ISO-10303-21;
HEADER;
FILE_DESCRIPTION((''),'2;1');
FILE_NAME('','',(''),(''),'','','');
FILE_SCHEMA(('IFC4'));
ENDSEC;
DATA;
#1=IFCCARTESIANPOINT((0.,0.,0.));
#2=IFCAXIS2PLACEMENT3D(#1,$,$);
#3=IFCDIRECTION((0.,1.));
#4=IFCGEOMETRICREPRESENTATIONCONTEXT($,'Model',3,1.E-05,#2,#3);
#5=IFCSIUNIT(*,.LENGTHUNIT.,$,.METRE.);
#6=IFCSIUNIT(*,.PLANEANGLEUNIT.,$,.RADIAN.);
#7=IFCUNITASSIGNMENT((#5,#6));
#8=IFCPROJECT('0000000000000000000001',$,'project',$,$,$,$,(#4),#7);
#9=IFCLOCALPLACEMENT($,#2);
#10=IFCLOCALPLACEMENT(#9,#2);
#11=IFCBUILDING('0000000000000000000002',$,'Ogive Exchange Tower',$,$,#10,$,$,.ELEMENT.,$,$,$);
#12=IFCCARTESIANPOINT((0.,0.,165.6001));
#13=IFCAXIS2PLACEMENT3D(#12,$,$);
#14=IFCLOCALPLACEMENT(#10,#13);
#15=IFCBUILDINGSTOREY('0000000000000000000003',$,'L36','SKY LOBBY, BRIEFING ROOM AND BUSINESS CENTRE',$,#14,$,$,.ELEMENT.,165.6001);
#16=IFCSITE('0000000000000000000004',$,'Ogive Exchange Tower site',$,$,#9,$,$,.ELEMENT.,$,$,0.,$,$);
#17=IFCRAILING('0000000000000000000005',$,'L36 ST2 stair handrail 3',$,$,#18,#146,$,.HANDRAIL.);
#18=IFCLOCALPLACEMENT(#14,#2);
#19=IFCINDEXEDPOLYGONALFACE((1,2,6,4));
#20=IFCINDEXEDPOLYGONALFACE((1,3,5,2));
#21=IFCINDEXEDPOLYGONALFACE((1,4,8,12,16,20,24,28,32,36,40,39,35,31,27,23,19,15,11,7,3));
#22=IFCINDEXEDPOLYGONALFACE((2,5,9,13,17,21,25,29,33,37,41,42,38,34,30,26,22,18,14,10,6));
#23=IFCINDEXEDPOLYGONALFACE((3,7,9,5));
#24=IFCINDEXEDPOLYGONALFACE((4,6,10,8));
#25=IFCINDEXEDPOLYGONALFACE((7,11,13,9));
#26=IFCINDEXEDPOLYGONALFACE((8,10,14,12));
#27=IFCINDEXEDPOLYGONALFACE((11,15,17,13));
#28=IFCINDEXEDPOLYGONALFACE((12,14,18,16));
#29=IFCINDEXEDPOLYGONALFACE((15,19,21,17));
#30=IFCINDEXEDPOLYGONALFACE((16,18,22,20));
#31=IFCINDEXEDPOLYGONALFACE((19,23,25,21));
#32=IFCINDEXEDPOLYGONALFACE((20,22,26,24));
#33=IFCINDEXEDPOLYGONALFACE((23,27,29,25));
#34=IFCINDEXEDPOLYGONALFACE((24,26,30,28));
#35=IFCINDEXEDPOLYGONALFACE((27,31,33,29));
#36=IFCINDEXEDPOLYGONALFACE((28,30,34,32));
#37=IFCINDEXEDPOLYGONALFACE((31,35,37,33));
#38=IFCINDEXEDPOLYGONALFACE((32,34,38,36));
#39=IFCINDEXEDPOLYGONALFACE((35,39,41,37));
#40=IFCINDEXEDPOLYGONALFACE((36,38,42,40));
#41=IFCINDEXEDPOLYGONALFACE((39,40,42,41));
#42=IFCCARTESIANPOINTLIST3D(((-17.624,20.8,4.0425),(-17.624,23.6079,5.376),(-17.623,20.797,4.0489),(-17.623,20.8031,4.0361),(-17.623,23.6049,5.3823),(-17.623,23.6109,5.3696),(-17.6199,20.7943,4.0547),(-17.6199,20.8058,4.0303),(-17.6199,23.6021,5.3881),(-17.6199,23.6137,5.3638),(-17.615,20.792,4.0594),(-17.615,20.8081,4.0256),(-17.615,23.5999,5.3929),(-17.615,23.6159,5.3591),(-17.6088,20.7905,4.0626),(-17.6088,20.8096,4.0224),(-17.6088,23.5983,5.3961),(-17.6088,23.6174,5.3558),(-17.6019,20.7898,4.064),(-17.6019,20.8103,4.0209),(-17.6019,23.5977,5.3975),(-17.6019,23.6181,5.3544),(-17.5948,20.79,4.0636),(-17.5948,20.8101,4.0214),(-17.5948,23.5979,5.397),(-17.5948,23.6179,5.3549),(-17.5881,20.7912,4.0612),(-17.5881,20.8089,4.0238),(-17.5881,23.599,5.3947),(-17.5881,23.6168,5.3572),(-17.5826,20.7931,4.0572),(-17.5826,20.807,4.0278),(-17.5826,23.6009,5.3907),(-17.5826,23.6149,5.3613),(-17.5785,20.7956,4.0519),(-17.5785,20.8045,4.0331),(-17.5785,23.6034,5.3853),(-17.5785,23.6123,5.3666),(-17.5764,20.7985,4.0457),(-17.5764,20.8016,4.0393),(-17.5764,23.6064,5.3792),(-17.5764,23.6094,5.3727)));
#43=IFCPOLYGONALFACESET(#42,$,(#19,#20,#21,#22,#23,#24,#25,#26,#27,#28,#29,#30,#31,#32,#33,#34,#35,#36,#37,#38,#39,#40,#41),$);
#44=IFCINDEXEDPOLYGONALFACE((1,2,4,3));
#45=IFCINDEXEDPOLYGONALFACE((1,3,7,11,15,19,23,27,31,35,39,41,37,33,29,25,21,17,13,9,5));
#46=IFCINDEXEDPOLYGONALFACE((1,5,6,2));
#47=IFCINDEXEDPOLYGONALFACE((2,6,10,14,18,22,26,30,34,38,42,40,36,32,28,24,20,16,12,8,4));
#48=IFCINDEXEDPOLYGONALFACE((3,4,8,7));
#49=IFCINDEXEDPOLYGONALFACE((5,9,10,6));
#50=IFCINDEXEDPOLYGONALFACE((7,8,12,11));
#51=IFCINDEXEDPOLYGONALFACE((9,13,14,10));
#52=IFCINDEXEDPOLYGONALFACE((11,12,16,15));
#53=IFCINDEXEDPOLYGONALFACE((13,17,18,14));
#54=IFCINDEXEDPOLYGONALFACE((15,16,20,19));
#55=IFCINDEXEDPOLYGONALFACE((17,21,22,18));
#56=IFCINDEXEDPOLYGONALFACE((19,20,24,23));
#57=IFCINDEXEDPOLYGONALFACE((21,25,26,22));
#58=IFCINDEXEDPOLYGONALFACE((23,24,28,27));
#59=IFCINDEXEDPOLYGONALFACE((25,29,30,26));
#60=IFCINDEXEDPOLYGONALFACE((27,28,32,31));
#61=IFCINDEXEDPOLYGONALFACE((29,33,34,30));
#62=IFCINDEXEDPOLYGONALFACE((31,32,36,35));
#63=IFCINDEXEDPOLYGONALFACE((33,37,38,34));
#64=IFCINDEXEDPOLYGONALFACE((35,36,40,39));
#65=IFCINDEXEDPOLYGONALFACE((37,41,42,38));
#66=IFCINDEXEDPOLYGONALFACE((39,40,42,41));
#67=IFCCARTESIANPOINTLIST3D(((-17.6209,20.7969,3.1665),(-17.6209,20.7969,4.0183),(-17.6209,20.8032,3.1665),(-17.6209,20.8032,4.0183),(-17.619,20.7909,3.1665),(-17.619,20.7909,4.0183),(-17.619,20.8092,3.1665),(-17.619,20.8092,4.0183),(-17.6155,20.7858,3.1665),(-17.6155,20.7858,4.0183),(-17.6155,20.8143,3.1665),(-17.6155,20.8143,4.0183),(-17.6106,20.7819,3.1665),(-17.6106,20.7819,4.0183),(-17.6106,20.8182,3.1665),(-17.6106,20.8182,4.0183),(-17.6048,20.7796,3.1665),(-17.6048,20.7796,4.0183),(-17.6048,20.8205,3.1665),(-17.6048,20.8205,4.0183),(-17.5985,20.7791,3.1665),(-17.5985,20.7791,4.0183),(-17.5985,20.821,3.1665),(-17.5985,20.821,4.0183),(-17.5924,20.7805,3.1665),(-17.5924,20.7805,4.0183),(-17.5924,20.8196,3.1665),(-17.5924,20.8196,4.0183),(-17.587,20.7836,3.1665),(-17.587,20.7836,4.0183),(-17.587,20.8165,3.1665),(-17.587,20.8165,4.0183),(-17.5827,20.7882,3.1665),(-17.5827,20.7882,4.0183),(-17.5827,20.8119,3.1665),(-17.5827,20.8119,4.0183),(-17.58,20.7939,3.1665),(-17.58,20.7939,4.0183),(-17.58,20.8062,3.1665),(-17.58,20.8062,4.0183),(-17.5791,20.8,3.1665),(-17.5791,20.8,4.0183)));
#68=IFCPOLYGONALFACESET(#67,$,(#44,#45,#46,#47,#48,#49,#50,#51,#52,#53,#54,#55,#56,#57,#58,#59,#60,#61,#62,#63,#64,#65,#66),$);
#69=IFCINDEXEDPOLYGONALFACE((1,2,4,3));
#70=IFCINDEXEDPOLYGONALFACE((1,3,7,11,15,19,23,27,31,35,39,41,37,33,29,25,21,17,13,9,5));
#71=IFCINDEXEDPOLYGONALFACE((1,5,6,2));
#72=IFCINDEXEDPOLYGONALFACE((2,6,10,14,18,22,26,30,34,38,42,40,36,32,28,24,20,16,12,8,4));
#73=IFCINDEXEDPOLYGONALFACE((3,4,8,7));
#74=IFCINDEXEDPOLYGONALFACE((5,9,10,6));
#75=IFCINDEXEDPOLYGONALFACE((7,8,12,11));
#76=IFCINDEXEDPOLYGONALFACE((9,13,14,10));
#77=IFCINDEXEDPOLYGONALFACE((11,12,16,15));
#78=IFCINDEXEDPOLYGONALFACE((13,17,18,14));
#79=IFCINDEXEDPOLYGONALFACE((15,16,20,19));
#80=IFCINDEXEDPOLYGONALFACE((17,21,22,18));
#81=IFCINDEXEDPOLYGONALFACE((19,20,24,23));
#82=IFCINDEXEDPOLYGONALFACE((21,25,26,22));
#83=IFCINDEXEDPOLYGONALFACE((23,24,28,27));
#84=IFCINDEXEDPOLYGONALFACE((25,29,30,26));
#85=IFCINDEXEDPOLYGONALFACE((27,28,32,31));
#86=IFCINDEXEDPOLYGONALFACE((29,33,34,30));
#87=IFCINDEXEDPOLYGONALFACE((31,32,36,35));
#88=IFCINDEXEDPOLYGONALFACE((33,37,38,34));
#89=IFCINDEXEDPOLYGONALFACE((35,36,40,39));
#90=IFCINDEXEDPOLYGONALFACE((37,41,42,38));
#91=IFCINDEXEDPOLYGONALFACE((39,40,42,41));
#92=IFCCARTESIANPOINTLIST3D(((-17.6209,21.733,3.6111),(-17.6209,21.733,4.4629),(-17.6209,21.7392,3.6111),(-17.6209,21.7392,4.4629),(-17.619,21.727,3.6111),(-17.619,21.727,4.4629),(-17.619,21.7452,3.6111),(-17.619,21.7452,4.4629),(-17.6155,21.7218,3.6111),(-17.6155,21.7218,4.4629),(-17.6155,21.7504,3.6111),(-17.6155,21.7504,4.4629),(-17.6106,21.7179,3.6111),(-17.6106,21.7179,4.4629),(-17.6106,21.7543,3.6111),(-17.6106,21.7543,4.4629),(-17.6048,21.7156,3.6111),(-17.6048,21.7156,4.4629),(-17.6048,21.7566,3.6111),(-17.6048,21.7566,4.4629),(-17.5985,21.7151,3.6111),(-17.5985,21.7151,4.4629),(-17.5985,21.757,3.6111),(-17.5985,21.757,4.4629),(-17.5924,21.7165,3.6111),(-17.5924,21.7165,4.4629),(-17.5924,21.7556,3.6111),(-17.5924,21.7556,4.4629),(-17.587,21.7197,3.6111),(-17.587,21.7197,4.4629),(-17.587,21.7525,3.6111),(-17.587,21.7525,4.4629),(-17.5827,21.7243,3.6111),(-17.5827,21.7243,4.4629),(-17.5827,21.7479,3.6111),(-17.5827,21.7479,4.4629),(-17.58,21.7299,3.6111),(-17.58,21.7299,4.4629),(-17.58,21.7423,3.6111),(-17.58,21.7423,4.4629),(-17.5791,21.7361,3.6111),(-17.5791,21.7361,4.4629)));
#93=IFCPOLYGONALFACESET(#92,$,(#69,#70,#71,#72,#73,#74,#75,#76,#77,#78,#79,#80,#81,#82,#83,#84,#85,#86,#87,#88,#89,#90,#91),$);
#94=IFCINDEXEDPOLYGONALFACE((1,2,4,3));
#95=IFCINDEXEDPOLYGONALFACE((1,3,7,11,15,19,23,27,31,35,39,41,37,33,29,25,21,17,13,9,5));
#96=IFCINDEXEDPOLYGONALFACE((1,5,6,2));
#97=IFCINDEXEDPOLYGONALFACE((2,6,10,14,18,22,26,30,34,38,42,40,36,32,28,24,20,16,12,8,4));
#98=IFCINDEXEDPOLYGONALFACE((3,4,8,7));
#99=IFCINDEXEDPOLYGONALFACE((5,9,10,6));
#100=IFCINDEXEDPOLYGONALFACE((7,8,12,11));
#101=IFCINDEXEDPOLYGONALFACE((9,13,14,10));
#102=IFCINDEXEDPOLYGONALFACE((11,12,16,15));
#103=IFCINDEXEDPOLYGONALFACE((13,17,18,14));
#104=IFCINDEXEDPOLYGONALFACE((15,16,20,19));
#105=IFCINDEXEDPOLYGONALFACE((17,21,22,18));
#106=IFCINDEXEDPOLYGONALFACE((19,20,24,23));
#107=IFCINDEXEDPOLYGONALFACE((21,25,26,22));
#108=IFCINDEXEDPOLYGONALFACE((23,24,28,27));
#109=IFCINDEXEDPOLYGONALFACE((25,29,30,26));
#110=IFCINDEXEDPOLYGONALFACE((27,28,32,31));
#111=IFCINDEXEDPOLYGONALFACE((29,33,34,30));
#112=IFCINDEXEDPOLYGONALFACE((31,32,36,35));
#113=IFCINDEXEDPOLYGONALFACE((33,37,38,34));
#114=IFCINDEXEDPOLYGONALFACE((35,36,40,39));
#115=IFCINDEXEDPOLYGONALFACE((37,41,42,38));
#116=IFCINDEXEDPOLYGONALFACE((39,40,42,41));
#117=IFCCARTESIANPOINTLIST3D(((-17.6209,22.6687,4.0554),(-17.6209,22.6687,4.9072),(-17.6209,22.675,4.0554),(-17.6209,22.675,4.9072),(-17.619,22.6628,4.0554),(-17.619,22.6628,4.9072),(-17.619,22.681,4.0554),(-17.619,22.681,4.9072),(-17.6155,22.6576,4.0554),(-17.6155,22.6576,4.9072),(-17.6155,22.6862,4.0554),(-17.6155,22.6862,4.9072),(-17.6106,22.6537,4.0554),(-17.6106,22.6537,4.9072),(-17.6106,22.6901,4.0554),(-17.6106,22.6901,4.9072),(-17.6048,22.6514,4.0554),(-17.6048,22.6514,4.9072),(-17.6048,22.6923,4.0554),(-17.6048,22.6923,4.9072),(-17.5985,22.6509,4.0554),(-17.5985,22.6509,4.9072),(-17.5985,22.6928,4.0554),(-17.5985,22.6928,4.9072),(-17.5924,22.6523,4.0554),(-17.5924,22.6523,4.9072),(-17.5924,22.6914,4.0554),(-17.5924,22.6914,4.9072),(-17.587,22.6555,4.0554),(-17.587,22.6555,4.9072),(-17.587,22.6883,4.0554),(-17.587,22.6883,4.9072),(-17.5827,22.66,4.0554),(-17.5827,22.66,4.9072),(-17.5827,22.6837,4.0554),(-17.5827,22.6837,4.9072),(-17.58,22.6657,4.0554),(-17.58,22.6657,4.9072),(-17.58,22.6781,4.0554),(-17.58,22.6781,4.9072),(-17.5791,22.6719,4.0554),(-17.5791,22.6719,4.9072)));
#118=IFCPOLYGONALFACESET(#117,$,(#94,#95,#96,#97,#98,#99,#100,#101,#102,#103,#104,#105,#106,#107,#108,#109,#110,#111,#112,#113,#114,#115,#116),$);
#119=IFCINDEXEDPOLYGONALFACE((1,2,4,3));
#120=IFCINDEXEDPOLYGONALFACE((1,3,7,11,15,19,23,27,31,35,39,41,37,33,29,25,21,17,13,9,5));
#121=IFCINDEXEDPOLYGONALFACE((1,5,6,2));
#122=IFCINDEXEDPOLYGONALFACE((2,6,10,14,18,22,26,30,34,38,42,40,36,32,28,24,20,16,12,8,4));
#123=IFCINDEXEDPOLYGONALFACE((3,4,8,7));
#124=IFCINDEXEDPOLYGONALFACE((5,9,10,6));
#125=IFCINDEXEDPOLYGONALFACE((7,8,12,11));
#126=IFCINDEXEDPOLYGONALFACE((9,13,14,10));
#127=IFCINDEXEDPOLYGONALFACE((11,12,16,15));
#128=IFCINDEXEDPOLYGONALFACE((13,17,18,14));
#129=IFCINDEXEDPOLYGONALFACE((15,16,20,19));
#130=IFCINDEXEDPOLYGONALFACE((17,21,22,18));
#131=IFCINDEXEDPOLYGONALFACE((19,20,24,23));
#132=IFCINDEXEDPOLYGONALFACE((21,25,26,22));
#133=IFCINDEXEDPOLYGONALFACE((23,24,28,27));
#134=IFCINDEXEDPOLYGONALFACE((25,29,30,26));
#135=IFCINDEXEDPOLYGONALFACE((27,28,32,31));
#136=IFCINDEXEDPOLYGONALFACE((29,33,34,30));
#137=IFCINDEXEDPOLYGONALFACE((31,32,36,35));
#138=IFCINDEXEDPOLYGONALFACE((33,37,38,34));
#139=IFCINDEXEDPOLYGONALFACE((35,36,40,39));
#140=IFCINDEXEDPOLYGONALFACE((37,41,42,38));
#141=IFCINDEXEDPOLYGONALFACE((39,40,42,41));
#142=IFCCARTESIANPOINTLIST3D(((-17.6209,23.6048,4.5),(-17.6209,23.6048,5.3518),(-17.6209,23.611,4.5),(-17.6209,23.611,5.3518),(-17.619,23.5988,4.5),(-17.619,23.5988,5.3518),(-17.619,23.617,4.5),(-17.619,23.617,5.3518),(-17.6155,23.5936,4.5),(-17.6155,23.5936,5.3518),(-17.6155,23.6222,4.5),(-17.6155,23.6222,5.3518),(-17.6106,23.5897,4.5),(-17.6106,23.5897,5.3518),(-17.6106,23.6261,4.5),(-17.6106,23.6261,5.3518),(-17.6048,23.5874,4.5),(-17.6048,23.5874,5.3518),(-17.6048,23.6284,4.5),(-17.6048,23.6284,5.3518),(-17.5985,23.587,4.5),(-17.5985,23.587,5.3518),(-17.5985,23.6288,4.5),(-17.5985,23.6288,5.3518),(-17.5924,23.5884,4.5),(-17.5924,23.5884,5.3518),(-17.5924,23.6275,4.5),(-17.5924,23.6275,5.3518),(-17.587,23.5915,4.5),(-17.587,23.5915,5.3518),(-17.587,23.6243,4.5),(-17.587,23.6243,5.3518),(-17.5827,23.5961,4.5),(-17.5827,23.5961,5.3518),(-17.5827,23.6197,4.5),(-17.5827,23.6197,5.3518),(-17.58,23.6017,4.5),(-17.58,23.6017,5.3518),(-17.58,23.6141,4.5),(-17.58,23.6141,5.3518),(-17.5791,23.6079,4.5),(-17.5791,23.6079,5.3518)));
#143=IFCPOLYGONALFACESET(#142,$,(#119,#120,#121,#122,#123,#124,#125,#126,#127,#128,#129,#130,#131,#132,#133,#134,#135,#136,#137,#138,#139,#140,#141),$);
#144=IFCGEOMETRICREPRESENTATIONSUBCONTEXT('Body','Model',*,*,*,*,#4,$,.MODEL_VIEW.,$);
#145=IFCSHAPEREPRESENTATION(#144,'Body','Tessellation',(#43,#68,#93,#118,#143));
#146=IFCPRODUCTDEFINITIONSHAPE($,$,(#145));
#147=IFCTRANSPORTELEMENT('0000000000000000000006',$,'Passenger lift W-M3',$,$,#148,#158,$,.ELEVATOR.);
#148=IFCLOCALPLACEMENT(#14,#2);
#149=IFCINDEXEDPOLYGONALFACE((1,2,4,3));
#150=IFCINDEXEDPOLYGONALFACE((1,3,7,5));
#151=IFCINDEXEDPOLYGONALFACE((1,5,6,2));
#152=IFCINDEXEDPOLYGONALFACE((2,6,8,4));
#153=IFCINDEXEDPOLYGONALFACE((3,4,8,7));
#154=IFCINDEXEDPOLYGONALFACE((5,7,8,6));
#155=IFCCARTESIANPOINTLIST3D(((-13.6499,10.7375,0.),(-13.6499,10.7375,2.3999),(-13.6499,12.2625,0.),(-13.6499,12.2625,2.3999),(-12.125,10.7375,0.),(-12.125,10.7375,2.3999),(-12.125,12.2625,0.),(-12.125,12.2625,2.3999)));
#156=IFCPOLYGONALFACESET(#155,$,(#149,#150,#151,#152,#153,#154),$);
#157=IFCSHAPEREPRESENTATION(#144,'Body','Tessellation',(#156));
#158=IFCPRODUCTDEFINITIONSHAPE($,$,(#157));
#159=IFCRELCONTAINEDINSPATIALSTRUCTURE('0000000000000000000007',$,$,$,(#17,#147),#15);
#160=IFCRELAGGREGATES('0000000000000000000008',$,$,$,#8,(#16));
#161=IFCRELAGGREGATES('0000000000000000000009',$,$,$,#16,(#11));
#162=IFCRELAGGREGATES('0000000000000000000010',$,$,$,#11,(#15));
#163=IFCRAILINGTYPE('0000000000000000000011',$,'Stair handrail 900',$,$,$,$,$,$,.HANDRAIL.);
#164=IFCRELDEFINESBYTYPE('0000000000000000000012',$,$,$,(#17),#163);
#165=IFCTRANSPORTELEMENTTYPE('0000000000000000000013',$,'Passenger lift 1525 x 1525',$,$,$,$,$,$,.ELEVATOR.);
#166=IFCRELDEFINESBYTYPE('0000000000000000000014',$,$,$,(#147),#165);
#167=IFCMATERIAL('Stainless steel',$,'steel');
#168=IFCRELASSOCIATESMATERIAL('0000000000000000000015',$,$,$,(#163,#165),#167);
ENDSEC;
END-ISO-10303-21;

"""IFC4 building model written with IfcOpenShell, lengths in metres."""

from ifc_helpers import new_model, si_unit, direction, frame, origin, origin_2d, place, context, subcontext, project, spatial, rectangle, circle, extrude, material, type_object, element, save


model = new_model("IFC4")

# Units and contexts
model_context = context("Model", 3, precision=1e-05, world=origin(), true_north=direction((0.0, 1.0)))
body_context = subcontext(model_context, "Body", "Model", "MODEL_VIEW")
ifc_project = project(units=[si_unit("LENGTHUNIT", "METRE"), si_unit("PLANEANGLEUNIT", "RADIAN")], contexts=[model_context])

# Site, building, storey
site_placement = place(None, origin())
site = spatial("IfcSite", under=ifc_project, at=site_placement, Name="Ogive Exchange Tower site", CompositionType="ELEMENT", RefElevation=0.0)
building_placement = place(site_placement, origin())
building = spatial("IfcBuilding", under=site, at=building_placement, Name="Ogive Exchange Tower", CompositionType="ELEMENT")
storey_placement = place(building_placement, frame((0.0, 0.0, 165.6001)))
storey = spatial("IfcBuildingStorey", under=building, at=storey_placement, Name="L36", Description="SKY LOBBY, BRIEFING ROOM AND BUSINESS CENTRE", CompositionType="ELEMENT", Elevation=165.6001)

# Railing
ifc_material_1 = material(Name="Stainless steel", Category="steel")
railing_type = type_object("IfcRailingType", Name="Stair handrail 900", PredefinedType="HANDRAIL", material=ifc_material_1)
railing_placement = place(storey_placement, frame((-17.6001, 20.8, 3.1665)))
element("IfcRailing", 1, at=railing_placement, inside=storey, type_object=railing_type, Name="L36 ST2 stair handrail 3", PredefinedType="HANDRAIL", context=body_context, shape_type="SweptSolid", body=[
    extrude(circle(Radius=0.0239, at=origin_2d()), frame((0.0, 0.0, 0.876), z_axis=(0.0, 0.903307, 0.428994), x_axis=(-1.0, 0.0, 0.0)), (0.0, 0.0, 1.0), 3.1084),
    extrude(circle(Radius=0.021, at=origin_2d()), origin(), (0.0, 0.0, 1.0), 0.8518),
    extrude(circle(Radius=0.021, at=origin_2d()), frame((0.0, 0.936, 0.4446)), (0.0, 0.0, 1.0), 0.8518),
    extrude(circle(Radius=0.021, at=origin_2d()), frame((0.0, 1.8718, 0.8889)), (0.0, 0.0, 1.0), 0.8518),
    extrude(circle(Radius=0.021, at=origin_2d()), frame((0.0, 2.8079, 1.3335)), (0.0, 0.0, 1.0), 0.8518),
])

# Transport element
transport_element_type = type_object("IfcTransportElementType", Name="Passenger lift 1525 x 1525", PredefinedType="ELEVATOR", material=ifc_material_1)
transport_element_placement = place(storey_placement, frame((-12.8875, 11.5, 0.0), z_axis=(0.0, 0.0, 1.0), x_axis=(1.0, 0.0, 0.0)))
element("IfcTransportElement", 2, at=transport_element_placement, inside=storey, type_object=transport_element_type, Name="Passenger lift W-M3", PredefinedType="ELEVATOR", context=body_context, shape_type="SweptSolid", body=[
    extrude(rectangle(XDim=1.5249, YDim=1.5249, at=origin_2d()), origin(), (0.0, 0.0, 1.0), 2.3999),
])

save(model, "model.ifc")
